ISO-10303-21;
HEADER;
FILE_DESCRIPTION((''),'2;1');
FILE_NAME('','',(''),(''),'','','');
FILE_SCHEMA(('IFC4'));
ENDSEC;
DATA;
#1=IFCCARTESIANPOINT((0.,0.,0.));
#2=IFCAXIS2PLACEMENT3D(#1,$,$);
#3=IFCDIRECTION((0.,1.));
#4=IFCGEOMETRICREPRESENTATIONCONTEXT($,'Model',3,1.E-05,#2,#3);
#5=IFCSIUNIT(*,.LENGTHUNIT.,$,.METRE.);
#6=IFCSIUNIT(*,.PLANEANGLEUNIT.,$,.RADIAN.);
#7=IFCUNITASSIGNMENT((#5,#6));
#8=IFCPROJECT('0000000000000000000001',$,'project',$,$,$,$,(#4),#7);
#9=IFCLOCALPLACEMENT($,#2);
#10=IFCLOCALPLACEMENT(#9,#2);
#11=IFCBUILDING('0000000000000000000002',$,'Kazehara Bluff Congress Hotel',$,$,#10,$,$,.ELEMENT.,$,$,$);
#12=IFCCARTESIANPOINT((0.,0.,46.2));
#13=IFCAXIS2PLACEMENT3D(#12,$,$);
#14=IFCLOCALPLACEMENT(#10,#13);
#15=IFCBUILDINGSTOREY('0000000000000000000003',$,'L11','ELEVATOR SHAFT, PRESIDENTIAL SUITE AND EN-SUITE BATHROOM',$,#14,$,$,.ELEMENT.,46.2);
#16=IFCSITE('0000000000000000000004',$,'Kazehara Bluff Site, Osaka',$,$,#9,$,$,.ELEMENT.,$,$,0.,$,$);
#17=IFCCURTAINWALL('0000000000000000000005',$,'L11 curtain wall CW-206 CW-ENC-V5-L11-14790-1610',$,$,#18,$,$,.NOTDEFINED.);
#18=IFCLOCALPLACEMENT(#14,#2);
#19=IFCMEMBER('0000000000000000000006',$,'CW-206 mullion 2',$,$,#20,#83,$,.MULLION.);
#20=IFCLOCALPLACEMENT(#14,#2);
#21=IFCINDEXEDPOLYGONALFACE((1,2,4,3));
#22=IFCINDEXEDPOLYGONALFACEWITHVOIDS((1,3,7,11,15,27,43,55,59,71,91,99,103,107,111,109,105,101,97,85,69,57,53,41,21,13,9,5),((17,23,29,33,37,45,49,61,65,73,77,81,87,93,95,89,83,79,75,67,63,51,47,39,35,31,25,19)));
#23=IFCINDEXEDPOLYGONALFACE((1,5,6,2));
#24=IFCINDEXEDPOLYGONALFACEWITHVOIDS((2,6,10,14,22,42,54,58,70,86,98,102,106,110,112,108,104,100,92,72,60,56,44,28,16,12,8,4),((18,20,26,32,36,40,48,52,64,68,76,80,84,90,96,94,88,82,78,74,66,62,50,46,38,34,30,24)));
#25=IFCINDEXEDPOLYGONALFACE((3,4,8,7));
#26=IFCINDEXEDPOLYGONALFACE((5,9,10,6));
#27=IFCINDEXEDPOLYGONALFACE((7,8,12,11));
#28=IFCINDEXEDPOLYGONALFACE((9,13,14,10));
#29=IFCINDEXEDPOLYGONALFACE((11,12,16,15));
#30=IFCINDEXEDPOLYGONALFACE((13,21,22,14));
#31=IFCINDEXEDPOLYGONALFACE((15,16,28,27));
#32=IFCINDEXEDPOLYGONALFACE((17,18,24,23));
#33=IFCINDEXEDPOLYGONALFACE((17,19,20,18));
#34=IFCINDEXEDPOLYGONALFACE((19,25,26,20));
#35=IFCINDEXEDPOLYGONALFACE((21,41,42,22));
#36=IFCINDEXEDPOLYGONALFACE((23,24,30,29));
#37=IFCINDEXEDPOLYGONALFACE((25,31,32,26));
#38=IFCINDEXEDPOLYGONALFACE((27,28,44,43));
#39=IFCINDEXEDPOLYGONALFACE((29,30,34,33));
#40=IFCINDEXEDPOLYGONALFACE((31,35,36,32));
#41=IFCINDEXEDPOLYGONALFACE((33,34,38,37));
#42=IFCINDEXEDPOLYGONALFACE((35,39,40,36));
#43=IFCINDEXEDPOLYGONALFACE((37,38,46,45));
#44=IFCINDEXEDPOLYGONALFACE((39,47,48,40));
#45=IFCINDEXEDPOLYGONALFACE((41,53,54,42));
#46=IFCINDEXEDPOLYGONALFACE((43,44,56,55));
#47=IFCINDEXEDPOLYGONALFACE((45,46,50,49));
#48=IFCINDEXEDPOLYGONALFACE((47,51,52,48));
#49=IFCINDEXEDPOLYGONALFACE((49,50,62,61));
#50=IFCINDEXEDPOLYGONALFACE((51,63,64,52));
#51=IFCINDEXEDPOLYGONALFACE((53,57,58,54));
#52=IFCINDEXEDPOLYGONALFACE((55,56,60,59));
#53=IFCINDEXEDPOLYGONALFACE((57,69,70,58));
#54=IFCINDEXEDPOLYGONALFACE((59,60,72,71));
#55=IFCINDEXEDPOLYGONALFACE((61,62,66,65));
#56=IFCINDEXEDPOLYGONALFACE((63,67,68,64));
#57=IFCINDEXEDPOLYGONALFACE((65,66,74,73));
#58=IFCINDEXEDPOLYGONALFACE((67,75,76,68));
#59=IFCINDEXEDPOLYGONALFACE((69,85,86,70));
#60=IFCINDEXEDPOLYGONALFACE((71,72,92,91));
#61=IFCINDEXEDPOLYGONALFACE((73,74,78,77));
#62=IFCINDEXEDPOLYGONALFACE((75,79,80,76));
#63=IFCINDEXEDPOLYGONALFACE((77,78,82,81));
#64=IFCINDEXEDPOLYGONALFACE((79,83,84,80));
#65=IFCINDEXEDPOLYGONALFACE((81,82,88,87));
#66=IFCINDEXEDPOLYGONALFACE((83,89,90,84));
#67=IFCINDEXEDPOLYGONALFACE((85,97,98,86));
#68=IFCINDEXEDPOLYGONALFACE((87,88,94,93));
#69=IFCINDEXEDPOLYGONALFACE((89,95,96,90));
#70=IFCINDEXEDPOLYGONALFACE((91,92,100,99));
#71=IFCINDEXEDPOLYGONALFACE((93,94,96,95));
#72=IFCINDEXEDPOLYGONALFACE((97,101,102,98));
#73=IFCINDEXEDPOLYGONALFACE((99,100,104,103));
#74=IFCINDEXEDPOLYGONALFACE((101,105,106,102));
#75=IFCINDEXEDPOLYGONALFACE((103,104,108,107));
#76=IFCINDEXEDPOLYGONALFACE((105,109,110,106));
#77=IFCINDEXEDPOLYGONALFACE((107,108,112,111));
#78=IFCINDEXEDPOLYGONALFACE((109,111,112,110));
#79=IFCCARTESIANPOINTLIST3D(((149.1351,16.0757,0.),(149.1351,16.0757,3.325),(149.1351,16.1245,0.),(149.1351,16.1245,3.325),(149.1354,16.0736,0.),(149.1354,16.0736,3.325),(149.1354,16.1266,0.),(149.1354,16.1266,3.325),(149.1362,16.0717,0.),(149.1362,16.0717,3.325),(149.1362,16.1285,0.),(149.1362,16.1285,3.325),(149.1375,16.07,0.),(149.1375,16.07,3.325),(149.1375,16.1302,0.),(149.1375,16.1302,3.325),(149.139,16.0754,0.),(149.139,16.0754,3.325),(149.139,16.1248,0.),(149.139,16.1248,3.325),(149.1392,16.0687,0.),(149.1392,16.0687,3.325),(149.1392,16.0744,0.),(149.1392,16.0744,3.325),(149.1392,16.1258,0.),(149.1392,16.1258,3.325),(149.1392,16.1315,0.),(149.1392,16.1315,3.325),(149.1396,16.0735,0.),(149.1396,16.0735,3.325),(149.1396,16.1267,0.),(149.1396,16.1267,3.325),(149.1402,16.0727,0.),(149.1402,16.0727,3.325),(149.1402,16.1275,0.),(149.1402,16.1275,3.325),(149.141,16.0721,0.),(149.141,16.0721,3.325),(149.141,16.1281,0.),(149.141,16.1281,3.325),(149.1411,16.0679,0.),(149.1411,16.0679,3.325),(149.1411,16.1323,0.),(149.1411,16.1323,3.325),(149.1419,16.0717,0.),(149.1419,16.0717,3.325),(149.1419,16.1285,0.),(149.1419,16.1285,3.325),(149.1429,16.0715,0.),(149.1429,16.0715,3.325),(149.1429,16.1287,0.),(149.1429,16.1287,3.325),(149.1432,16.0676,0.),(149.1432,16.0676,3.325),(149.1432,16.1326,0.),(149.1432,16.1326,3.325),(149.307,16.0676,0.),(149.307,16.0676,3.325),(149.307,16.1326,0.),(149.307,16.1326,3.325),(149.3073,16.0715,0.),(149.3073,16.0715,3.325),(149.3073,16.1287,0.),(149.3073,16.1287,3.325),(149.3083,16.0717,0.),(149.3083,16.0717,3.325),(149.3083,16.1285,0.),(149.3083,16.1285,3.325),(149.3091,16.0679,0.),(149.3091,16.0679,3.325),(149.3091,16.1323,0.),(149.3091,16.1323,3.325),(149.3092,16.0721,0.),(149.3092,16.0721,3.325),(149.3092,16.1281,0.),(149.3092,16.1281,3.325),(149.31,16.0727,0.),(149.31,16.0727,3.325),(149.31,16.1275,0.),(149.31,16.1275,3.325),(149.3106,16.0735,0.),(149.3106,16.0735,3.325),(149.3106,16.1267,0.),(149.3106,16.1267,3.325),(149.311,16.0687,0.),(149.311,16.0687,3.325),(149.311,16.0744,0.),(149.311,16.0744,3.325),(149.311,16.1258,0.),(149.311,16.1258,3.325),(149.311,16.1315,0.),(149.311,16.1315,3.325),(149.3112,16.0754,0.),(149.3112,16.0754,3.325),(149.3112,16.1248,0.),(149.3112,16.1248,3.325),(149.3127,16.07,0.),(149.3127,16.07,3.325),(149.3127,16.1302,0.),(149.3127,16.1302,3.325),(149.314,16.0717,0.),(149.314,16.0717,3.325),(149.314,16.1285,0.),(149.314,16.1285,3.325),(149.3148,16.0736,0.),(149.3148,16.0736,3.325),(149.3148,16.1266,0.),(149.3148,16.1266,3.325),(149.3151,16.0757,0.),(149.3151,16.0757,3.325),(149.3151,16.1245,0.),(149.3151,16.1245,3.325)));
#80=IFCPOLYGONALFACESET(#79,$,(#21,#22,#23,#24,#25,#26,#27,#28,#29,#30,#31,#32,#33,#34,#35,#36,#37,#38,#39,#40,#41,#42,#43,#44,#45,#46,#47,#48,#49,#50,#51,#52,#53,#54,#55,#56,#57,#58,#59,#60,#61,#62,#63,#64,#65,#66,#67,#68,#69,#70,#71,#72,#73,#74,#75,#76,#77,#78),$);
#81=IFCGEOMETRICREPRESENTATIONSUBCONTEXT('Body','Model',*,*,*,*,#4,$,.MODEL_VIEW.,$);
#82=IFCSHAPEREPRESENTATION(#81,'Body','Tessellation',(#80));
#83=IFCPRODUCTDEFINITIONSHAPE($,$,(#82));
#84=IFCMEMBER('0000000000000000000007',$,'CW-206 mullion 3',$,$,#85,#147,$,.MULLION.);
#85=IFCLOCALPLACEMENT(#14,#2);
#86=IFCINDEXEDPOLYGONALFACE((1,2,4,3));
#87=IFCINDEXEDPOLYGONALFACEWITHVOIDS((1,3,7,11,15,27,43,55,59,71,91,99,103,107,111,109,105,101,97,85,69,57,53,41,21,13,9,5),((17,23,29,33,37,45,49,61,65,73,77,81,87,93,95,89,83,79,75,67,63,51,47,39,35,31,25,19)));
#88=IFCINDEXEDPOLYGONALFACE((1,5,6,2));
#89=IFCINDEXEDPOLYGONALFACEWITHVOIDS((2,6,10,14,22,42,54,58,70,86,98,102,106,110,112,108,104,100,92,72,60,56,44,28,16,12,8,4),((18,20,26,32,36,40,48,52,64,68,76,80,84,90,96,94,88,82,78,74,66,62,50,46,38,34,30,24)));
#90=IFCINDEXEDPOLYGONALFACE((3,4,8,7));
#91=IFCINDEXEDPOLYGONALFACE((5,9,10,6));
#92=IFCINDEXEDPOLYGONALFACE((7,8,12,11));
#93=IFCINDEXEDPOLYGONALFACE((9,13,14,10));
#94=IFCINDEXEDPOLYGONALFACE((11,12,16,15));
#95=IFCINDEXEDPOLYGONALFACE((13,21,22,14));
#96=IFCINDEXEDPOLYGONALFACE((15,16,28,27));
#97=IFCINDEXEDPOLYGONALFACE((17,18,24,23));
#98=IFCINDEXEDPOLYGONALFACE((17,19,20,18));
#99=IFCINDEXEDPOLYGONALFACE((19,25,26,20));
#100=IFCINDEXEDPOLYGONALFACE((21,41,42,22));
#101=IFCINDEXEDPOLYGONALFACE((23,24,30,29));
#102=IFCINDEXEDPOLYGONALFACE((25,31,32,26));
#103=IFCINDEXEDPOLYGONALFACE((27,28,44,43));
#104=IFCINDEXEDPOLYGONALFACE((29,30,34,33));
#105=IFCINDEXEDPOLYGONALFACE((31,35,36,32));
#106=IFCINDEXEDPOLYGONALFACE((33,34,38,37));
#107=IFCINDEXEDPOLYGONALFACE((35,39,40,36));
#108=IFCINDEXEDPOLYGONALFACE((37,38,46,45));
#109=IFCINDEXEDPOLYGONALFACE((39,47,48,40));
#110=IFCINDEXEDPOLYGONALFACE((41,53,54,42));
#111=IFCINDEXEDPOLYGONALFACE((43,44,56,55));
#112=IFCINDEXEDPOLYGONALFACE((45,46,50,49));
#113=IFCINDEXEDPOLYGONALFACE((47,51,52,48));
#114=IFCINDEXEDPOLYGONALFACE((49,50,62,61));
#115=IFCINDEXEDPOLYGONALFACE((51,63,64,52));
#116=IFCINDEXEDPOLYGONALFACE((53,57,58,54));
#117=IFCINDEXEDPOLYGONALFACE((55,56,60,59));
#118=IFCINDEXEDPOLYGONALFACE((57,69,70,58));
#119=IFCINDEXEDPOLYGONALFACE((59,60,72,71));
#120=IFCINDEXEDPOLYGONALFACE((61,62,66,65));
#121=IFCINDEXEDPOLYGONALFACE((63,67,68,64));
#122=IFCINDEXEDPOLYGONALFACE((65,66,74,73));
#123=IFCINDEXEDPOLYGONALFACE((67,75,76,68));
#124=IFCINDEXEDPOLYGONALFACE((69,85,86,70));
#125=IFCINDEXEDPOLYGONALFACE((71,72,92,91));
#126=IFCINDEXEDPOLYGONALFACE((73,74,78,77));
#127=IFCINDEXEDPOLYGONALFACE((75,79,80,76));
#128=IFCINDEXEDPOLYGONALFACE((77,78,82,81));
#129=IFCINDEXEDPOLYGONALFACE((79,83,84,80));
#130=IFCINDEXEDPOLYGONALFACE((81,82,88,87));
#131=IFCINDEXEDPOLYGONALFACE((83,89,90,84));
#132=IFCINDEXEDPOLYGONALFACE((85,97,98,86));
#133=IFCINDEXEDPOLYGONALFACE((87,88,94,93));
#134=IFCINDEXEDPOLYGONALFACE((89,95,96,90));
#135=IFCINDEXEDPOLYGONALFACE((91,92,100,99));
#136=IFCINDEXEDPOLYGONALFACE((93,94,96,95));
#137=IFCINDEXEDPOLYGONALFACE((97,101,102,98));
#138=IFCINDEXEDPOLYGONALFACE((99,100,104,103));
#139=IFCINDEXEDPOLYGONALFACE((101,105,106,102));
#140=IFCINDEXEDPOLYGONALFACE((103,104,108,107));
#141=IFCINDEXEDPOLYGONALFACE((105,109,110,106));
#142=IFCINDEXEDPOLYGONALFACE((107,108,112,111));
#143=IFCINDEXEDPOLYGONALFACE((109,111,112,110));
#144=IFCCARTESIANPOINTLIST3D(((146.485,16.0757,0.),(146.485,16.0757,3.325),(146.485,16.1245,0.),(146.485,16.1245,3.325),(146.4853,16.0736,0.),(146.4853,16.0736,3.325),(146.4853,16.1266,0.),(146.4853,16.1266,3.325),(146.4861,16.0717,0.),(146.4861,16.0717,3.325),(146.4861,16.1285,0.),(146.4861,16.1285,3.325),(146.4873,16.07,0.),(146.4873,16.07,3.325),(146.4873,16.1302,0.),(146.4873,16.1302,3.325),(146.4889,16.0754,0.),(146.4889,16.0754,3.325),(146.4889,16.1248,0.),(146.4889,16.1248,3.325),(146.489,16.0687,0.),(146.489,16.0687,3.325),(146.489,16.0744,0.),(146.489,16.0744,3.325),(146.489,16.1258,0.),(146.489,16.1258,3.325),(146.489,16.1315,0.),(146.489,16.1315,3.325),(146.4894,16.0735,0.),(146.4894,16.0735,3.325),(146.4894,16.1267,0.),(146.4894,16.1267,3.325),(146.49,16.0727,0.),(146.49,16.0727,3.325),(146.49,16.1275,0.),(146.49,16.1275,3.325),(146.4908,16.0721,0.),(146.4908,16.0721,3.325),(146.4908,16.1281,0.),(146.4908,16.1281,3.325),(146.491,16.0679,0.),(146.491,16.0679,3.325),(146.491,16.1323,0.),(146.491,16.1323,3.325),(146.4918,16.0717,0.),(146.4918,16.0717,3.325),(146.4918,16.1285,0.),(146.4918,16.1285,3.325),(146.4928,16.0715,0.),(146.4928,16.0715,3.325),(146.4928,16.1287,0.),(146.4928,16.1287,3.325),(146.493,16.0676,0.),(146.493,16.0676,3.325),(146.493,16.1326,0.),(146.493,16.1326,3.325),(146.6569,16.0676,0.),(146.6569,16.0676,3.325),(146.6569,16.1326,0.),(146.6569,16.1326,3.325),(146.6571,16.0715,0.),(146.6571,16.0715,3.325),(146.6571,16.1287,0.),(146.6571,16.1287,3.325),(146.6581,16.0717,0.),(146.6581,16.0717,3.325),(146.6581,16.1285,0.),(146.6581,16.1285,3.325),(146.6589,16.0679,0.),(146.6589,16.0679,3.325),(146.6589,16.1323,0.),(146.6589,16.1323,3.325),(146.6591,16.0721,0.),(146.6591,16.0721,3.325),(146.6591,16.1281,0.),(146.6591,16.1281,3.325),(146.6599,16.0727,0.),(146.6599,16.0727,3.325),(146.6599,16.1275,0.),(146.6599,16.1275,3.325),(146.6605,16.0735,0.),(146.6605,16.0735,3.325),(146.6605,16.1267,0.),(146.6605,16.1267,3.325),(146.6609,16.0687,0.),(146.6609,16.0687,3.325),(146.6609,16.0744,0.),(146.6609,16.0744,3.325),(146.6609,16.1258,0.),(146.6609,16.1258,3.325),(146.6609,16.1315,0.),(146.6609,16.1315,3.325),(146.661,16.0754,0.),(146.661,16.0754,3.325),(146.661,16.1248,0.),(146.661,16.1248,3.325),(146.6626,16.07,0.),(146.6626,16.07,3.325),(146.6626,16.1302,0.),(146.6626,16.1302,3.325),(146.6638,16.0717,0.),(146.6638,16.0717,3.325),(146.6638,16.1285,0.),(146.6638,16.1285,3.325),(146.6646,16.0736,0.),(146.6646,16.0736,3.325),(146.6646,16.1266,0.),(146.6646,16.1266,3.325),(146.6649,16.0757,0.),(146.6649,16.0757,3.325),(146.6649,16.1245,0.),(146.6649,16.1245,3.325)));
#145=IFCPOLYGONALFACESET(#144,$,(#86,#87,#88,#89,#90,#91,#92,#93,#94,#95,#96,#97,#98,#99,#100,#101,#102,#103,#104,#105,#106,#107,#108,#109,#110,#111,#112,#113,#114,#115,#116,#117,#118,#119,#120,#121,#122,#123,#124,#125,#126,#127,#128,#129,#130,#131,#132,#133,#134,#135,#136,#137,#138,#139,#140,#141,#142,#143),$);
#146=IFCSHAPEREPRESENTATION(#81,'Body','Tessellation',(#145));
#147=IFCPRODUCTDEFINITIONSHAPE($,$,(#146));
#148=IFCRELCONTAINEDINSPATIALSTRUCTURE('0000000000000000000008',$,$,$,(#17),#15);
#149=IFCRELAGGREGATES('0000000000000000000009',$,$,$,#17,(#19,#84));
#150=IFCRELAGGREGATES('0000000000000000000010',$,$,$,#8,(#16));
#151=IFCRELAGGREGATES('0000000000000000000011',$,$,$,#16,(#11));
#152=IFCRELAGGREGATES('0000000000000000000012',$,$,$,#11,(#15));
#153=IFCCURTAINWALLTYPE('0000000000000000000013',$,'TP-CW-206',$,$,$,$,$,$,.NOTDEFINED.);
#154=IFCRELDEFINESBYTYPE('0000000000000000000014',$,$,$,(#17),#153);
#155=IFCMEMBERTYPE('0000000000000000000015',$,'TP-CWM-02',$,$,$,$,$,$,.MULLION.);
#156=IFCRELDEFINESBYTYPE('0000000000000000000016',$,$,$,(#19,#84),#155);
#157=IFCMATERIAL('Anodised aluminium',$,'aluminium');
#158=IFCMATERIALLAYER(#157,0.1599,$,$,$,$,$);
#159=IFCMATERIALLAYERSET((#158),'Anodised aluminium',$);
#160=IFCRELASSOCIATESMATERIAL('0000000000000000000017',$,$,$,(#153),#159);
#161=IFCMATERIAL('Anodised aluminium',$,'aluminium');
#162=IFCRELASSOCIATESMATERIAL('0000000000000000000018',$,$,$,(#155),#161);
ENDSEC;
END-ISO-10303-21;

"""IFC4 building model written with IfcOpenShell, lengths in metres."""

from ifc_helpers import new_model, si_unit, direction, frame, origin, origin_2d, place, context, subcontext, project, spatial, hollow_rectangle, extrude, material, layer, layer_set, material_profile, profile_set, type_object, element, aggregate, save


model = new_model("IFC4")

# Units and contexts
model_context = context("Model", 3, precision=1e-05, world=origin(), true_north=direction((0.0, 1.0)))
body_context = subcontext(model_context, "Body", "Model", "MODEL_VIEW")
ifc_project = project(units=[si_unit("LENGTHUNIT", "METRE"), si_unit("PLANEANGLEUNIT", "RADIAN")], contexts=[model_context])

# Site, building, storey
site_placement = place(None, origin())
site = spatial("IfcSite", under=ifc_project, at=site_placement, Name="Kazehara Bluff Site, Osaka", CompositionType="ELEMENT", RefElevation=0.0)
building_placement = place(site_placement, origin())
building = spatial("IfcBuilding", under=site, at=building_placement, Name="Kazehara Bluff Congress Hotel", CompositionType="ELEMENT")
storey_placement = place(building_placement, frame((0.0, 0.0, 46.2)))
storey = spatial("IfcBuildingStorey", under=building, at=storey_placement, Name="L11", Description="ELEVATOR SHAFT, PRESIDENTIAL SUITE AND EN-SUITE BATHROOM", CompositionType="ELEMENT", Elevation=46.2)

# Curtain wall, members
ifc_material_1 = material(Name="Anodised aluminium", Category="aluminium")
ifc_layer_1 = layer(ifc_material_1, 0.1599)
ifc_layer_set_1 = layer_set([ifc_layer_1], Name="Anodised aluminium")
curtain_wall_type = type_object("IfcCurtainWallType", Name="TP-CW-206", PredefinedType="NOTDEFINED", material=ifc_layer_set_1)
curtain_wall_placement = place(storey_placement, origin())
curtain_wall = element("IfcCurtainWall", 1, at=curtain_wall_placement, inside=storey, type_object=curtain_wall_type, Name="L11 curtain wall CW-206 CW-ENC-V5-L11-14790-1610", PredefinedType="NOTDEFINED")
ifc_material_2 = material(Name="Anodised aluminium", Category="aluminium")
ifc_material_profile_1 = material_profile(ifc_material_2, hollow_rectangle(XDim=0.0649, YDim=0.1799, WallThickness=0.0039, InnerFilletRadius=0.0039, OuterFilletRadius=0.0081, at=origin_2d()))
ifc_profile_set_1 = profile_set([ifc_material_profile_1], Name="Anodised aluminium")
member_type_1 = type_object("IfcMemberType", Name="TP-CWM-02", PredefinedType="MULLION", material=ifc_profile_set_1)
member_1_placement = place(storey_placement, frame((149.2251, 16.1001, 0.0), z_axis=(0.0, 0.0, 1.0), x_axis=(0.0, -1.0, 0.0)))
member_1 = element("IfcMember", 2, at=member_1_placement, type_object=member_type_1, Name="CW-206 mullion 2", PredefinedType="MULLION", context=body_context, shape_type="SweptSolid", body=[
    extrude(hollow_rectangle(XDim=0.0649, YDim=0.1799, WallThickness=0.0039, InnerFilletRadius=0.0039, OuterFilletRadius=0.0081, at=origin_2d()), origin(), (0.0, 0.0, 1.0), 3.325),
])
member_2_placement = place(storey_placement, frame((146.575, 16.1001, 0.0), z_axis=(0.0, 0.0, 1.0), x_axis=(0.0, -1.0, 0.0)))
member_2 = element("IfcMember", 3, at=member_2_placement, type_object=member_type_1, Name="CW-206 mullion 3", PredefinedType="MULLION", context=body_context, shape_type="SweptSolid", body=[
    extrude(hollow_rectangle(XDim=0.0649, YDim=0.1799, WallThickness=0.0039, InnerFilletRadius=0.0039, OuterFilletRadius=0.0081, at=origin_2d()), origin(), (0.0, 0.0, 1.0), 3.325),
])
aggregate(curtain_wall, [member_1, member_2])

save(model, "model.ifc")
